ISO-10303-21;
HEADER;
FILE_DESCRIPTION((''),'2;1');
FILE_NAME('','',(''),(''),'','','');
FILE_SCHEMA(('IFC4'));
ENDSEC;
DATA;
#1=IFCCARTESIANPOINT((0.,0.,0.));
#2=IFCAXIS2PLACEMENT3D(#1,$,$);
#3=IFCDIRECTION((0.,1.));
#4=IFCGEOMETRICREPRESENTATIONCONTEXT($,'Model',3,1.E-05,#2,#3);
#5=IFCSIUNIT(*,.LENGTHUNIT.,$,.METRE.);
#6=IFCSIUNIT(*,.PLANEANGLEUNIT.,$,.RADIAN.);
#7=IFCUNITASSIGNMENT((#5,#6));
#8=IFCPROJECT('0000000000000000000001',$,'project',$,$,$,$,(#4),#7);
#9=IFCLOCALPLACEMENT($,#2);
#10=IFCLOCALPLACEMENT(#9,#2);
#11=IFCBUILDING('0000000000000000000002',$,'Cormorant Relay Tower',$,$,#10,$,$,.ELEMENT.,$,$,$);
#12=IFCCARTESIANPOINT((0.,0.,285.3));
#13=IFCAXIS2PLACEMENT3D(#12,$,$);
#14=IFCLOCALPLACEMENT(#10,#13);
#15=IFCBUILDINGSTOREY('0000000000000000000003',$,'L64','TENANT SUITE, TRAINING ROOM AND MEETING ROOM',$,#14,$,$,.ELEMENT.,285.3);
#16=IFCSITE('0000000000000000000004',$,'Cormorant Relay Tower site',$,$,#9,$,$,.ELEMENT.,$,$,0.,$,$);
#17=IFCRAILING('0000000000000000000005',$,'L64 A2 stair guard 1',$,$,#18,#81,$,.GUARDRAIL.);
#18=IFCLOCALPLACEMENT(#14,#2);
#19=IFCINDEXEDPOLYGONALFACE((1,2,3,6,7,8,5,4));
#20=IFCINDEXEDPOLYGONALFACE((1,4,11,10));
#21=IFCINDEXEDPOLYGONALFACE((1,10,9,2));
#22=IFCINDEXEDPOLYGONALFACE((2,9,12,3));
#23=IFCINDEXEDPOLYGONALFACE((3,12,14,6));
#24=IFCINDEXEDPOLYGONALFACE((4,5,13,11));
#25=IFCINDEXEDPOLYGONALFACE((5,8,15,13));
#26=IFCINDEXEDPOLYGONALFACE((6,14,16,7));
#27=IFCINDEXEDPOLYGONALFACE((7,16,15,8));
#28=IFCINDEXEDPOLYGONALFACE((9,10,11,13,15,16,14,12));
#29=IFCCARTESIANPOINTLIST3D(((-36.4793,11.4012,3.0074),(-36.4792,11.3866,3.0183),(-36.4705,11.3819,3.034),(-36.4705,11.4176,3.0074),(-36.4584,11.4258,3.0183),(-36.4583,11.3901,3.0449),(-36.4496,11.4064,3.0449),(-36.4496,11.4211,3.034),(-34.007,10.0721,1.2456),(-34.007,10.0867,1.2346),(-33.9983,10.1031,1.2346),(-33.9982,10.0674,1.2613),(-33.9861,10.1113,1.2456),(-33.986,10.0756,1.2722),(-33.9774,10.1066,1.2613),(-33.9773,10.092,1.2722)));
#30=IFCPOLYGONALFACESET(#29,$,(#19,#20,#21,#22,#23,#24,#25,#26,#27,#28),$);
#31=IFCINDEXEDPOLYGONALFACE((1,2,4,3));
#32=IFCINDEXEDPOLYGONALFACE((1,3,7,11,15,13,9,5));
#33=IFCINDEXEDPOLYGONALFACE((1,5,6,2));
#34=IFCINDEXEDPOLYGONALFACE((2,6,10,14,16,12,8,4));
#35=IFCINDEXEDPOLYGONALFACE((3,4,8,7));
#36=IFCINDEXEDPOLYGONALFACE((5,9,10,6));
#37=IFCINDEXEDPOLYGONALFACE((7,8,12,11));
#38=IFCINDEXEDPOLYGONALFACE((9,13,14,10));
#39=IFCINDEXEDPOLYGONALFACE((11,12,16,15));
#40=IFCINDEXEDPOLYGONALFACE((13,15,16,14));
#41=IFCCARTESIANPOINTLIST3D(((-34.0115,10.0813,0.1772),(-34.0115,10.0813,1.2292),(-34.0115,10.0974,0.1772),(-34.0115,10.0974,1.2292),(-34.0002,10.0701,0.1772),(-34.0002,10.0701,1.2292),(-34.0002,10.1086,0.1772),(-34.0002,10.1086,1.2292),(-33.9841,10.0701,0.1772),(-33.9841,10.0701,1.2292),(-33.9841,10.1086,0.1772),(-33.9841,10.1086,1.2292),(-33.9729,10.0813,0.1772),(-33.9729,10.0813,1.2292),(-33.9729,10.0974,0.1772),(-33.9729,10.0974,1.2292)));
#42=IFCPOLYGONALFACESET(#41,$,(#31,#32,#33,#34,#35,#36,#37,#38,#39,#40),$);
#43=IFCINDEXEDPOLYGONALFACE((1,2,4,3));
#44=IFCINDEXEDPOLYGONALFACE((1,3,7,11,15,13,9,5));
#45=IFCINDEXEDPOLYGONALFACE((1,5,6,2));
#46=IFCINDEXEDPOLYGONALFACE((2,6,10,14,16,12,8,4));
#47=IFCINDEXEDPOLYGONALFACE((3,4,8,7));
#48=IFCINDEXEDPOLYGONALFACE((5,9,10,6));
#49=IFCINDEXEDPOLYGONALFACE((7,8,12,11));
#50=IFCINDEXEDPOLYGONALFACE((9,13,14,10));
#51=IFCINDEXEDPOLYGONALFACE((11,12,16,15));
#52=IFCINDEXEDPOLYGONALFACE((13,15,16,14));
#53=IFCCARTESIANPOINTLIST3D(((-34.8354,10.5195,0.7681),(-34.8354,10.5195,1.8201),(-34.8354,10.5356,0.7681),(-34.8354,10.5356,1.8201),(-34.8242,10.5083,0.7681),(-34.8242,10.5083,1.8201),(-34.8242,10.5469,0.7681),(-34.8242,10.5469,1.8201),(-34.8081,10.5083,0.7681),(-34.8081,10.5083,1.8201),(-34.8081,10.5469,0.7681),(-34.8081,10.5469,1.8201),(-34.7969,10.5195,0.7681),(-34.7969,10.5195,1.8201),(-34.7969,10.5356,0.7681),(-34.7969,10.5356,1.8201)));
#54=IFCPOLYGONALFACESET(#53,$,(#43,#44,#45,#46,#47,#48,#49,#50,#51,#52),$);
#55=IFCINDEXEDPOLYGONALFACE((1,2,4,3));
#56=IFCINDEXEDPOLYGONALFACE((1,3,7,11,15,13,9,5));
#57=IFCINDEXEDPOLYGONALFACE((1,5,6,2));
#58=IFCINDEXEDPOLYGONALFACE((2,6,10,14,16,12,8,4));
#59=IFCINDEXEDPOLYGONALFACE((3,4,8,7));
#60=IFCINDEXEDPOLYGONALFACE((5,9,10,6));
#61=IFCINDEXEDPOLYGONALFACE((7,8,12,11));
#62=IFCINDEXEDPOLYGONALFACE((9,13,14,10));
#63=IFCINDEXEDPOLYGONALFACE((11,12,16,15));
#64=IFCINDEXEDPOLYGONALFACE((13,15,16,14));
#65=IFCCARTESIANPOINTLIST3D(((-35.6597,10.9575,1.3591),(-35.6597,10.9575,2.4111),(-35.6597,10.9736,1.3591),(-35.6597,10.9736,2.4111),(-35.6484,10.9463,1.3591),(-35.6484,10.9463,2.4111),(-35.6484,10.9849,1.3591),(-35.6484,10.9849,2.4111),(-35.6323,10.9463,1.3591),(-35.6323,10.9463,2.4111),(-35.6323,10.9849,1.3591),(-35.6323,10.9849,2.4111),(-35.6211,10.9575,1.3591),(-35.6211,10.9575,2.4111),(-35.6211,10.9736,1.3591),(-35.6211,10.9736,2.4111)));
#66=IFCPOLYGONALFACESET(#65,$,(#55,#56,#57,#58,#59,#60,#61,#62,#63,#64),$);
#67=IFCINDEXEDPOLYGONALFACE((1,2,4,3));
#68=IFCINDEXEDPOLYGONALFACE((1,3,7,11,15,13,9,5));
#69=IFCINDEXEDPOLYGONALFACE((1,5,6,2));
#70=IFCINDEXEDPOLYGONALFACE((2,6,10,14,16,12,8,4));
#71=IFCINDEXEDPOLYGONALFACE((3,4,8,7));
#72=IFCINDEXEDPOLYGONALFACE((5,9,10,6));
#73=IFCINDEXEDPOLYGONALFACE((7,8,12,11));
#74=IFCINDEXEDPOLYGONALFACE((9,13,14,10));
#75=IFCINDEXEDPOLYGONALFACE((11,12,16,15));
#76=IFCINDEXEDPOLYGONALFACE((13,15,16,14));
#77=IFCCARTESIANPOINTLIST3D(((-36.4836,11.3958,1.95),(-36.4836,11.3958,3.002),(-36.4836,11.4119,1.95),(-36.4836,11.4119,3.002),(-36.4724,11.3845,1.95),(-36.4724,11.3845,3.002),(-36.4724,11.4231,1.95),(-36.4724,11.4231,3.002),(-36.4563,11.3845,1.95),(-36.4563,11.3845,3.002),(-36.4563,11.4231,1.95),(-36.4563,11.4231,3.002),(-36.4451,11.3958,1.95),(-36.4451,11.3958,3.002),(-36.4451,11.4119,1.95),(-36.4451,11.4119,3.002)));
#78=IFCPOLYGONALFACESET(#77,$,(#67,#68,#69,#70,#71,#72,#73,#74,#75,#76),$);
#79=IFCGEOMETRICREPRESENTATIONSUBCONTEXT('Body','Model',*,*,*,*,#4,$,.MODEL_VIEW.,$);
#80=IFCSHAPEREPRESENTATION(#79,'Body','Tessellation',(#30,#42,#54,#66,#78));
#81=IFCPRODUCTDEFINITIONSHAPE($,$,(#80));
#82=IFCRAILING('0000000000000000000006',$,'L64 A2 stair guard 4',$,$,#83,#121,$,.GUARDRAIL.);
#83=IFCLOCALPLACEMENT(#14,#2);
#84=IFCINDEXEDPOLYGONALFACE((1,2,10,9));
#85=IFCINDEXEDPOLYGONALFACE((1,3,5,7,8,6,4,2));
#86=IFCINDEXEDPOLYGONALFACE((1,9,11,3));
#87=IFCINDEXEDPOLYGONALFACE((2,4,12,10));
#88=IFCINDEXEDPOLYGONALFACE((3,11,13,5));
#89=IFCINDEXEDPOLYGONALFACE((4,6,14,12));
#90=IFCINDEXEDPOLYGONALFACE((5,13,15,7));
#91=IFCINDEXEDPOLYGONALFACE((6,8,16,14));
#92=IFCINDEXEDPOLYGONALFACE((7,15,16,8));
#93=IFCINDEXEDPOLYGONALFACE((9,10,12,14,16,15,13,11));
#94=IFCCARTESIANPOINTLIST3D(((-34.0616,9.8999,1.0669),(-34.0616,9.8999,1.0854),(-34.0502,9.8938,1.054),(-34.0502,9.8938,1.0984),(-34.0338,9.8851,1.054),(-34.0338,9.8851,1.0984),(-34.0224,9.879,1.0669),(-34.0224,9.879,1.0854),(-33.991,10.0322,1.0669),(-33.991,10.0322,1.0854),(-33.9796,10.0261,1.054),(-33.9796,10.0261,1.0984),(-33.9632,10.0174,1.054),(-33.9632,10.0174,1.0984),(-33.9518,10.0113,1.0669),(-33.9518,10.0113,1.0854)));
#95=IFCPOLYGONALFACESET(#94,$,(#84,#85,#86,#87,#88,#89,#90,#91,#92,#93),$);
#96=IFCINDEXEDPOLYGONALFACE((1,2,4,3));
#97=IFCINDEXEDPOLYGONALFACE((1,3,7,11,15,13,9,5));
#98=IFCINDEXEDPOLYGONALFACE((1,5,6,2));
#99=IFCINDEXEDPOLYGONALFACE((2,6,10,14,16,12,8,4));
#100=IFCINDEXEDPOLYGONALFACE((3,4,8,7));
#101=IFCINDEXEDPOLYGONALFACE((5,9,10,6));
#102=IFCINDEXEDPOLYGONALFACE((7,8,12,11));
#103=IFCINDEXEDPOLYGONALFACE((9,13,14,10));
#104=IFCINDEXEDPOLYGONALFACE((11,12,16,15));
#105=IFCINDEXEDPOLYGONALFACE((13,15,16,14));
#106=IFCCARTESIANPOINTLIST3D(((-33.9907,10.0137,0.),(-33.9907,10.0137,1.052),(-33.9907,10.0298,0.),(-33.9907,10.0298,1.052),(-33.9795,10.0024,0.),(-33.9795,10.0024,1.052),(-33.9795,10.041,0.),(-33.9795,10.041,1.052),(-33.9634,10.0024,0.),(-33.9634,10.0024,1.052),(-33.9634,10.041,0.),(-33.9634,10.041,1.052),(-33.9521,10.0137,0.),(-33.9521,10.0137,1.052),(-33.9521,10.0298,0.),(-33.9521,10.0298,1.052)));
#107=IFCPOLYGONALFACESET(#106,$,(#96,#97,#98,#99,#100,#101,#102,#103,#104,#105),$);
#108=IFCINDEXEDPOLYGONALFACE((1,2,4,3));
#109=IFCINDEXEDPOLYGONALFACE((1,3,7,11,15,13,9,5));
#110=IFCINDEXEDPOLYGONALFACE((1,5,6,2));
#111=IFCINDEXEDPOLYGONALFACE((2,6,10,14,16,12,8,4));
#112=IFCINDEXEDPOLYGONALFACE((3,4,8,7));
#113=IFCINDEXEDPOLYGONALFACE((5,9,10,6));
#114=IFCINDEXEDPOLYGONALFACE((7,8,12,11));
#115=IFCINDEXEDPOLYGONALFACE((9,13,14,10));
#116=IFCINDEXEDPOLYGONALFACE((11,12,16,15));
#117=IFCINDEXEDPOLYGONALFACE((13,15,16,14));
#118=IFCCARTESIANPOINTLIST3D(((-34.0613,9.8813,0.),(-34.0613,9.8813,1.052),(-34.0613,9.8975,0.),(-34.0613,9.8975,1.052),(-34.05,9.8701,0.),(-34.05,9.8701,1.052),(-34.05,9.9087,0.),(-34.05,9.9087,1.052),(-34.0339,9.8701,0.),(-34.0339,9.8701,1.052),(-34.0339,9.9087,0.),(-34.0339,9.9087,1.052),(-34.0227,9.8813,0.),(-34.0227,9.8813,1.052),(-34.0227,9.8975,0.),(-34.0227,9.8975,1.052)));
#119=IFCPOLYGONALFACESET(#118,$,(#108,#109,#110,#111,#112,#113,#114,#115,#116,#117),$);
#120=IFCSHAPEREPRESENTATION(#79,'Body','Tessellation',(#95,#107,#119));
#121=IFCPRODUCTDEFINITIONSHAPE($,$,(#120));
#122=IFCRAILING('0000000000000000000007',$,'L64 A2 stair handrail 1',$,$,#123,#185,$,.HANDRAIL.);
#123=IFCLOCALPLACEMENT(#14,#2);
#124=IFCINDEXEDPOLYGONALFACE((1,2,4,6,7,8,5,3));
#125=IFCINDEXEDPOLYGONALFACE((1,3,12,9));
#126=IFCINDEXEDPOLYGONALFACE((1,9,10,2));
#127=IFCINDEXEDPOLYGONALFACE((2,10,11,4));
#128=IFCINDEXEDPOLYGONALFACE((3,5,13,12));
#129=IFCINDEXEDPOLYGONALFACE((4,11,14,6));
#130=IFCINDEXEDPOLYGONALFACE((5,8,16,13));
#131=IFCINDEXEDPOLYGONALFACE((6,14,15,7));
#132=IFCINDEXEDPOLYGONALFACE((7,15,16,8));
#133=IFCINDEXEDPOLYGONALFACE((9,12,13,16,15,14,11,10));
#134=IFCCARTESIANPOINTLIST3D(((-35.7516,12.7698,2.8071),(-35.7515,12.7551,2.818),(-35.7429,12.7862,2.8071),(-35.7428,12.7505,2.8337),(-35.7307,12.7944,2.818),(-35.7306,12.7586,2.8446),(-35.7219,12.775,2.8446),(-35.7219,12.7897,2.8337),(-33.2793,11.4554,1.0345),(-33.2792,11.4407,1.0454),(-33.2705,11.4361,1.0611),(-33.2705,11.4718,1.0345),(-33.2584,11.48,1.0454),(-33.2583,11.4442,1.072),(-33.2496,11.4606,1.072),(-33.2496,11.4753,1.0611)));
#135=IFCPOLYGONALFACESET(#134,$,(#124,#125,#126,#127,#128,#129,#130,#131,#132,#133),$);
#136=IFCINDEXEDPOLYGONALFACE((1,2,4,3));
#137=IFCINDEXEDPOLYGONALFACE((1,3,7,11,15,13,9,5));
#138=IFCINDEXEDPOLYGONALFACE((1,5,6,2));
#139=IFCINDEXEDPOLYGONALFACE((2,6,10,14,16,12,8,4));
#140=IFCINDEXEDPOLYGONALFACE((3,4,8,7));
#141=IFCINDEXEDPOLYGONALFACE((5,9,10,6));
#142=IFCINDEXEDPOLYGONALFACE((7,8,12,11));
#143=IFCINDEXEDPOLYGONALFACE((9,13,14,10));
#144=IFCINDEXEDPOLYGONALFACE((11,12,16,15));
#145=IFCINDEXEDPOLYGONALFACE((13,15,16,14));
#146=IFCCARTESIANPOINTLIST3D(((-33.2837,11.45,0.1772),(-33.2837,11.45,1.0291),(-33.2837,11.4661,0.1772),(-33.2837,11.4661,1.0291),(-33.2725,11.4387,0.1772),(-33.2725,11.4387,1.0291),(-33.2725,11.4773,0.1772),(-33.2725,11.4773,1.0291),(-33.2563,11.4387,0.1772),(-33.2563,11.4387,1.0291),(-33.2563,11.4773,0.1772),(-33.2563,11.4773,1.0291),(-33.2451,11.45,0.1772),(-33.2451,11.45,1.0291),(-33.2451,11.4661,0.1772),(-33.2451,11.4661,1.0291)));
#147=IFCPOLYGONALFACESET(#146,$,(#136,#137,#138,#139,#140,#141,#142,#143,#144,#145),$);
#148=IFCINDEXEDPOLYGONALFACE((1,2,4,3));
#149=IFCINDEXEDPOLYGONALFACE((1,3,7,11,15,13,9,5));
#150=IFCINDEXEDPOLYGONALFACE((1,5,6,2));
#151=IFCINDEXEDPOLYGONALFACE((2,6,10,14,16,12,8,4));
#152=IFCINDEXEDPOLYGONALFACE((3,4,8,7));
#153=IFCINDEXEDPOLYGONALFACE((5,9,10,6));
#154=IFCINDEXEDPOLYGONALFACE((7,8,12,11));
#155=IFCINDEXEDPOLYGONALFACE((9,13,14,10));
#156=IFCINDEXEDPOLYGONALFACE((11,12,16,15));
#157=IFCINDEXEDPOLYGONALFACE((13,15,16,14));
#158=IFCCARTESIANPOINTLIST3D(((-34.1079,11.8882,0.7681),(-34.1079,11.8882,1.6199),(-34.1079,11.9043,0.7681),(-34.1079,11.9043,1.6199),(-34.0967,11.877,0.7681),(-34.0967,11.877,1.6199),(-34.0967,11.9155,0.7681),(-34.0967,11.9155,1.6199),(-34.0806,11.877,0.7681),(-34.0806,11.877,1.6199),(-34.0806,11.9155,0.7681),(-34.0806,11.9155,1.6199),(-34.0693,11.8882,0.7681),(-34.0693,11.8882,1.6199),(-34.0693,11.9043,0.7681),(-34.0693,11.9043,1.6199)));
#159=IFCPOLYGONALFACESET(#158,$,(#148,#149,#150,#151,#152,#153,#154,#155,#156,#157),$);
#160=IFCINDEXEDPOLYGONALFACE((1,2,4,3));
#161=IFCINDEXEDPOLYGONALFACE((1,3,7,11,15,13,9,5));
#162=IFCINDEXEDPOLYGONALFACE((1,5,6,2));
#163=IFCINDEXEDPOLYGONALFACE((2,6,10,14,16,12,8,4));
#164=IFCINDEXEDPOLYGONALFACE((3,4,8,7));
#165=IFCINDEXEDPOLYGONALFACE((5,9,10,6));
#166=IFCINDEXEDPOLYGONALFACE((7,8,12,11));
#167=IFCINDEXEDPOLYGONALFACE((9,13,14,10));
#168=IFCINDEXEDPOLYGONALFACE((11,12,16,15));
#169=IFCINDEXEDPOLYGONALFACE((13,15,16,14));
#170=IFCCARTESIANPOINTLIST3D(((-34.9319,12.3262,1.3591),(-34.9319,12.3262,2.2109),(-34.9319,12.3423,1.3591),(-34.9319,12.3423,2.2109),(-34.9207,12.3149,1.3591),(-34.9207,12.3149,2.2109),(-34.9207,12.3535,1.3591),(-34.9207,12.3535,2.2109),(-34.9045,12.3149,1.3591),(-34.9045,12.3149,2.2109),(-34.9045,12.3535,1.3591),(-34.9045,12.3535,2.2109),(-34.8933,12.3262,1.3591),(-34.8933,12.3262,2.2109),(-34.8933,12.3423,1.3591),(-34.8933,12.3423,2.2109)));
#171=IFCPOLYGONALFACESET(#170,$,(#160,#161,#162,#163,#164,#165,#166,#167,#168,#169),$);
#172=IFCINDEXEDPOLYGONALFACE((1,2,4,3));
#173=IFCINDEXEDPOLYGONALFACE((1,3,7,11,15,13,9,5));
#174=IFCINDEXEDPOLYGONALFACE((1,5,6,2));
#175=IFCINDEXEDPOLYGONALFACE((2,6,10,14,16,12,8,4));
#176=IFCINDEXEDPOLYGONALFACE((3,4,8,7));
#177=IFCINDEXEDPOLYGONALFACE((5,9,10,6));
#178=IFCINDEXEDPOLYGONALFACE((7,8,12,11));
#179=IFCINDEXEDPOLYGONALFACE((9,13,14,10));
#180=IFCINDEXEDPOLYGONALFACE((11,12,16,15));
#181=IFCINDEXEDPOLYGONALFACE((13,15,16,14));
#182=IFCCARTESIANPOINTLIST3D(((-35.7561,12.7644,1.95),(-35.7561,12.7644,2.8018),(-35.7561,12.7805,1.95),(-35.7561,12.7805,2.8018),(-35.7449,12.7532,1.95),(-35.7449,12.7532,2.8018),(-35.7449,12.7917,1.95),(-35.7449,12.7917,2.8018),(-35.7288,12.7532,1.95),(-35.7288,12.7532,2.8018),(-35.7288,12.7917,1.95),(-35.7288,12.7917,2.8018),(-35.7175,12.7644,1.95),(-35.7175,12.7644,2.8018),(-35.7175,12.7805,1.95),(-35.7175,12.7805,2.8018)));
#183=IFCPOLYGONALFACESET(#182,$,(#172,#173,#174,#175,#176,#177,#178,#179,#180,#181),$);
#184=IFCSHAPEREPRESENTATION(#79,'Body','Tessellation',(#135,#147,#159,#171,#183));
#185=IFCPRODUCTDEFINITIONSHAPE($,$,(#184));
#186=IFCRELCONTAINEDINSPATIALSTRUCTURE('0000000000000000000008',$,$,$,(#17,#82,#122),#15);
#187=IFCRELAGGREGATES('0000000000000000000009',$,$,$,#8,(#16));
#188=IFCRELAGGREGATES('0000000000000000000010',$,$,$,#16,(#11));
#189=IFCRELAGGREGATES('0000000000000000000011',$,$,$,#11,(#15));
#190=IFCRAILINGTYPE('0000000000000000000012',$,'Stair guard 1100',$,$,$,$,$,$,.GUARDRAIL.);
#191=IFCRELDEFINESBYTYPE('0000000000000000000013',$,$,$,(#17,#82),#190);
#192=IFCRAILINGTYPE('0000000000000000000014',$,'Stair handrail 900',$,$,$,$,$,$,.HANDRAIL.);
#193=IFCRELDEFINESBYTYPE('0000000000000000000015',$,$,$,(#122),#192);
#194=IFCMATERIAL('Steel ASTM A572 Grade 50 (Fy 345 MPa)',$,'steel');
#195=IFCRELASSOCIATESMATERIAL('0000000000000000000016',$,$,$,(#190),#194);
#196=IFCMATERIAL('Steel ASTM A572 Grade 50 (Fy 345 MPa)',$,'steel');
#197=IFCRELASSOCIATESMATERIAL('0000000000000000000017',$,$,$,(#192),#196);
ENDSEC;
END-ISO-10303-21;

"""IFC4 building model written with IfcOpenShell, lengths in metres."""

from ifc_helpers import new_model, si_unit, direction, frame, origin, place, context, subcontext, project, spatial, polyline, outline, extrude, material, type_object, element, save


model = new_model("IFC4")

# Units and contexts
model_context = context("Model", 3, precision=1e-05, world=origin(), true_north=direction((0.0, 1.0)))
body_context = subcontext(model_context, "Body", "Model", "MODEL_VIEW")
ifc_project = project(units=[si_unit("LENGTHUNIT", "METRE"), si_unit("PLANEANGLEUNIT", "RADIAN")], contexts=[model_context])

# Site, building, storey
site_placement = place(None, origin())
site = spatial("IfcSite", under=ifc_project, at=site_placement, Name="Cormorant Relay Tower site", CompositionType="ELEMENT", RefElevation=0.0)
building_placement = place(site_placement, origin())
building = spatial("IfcBuilding", under=site, at=building_placement, Name="Cormorant Relay Tower", CompositionType="ELEMENT")
storey_placement = place(building_placement, frame((0.0, 0.0, 285.3)))
storey = spatial("IfcBuildingStorey", under=building, at=storey_placement, Name="L64", Description="TENANT SUITE, TRAINING ROOM AND MEETING ROOM", CompositionType="ELEMENT", Elevation=285.3)

# Railings
ifc_material_1 = material(Name="Steel ASTM A572 Grade 50 (Fy 345 MPa)", Category="steel")
railing_type_1 = type_object("IfcRailingType", Name="Stair guard 1100", PredefinedType="GUARDRAIL", material=ifc_material_1)
railing_1_placement = place(storey_placement, frame((-33.9922, 10.0894, 0.1772)))
element("IfcRailing", 1, at=railing_1_placement, inside=storey, type_object=railing_type_1, Name="L64 A2 stair guard 1", PredefinedType="GUARDRAIL", context=body_context, shape_type="SweptSolid", body=[
    extrude(outline(polyline([(0.0222, 0.0093), (0.0093, 0.0222), (-0.0093, 0.0222), (-0.0222, 0.0093), (-0.0222, -0.0093), (-0.0093, -0.0222), (0.0093, -0.0222), (0.0222, -0.0093), (0.0222, 0.0093)])), frame((0.0, 0.0, 1.0762), z_axis=(-0.746001, 0.396649, 0.534931), x_axis=(-0.469465, -0.882951, 0.0)), (0.0, 0.0, 1.0), 3.314),
    extrude(outline(polyline([(0.0193, 0.0081), (0.0081, 0.0193), (-0.0081, 0.0193), (-0.0193, 0.0081), (-0.0193, -0.0081), (-0.0081, -0.0193), (0.0081, -0.0193), (0.0193, -0.0081), (0.0193, 0.0081)])), origin(), (0.0, 0.0, 1.0), 1.052),
    extrude(outline(polyline([(0.0193, 0.0081), (0.0081, 0.0193), (-0.0081, 0.0193), (-0.0193, 0.0081), (-0.0193, -0.0081), (-0.0081, -0.0193), (0.0081, -0.0193), (0.0193, -0.0081), (0.0193, 0.0081)])), frame((-0.824, 0.4382, 0.5908)), (0.0, 0.0, 1.0), 1.052),
    extrude(outline(polyline([(0.0193, 0.0081), (0.0081, 0.0193), (-0.0081, 0.0193), (-0.0193, 0.0081), (-0.0193, -0.0081), (-0.0081, -0.0193), (0.0081, -0.0193), (0.0193, -0.0081), (0.0193, 0.0081)])), frame((-1.6482, 0.8762, 1.1819)), (0.0, 0.0, 1.0), 1.052),
    extrude(outline(polyline([(0.0193, 0.0081), (0.0081, 0.0193), (-0.0081, 0.0193), (-0.0193, 0.0081), (-0.0193, -0.0081), (-0.0081, -0.0193), (0.0081, -0.0193), (0.0193, -0.0081), (0.0193, 0.0081)])), frame((-2.4722, 1.3145, 1.7727)), (0.0, 0.0, 1.0), 1.052),
])
railing_2_placement = place(storey_placement, frame((-33.9714, 10.0217, 0.0)))
element("IfcRailing", 2, at=railing_2_placement, inside=storey, type_object=railing_type_1, Name="L64 A2 stair guard 4", PredefinedType="GUARDRAIL", context=body_context, shape_type="SweptSolid", body=[
    extrude(outline(polyline([(0.0222, 0.0093), (0.0093, 0.0222), (-0.0093, 0.0222), (-0.0222, 0.0093), (-0.0222, -0.0093), (-0.0093, -0.0222), (0.0093, -0.0222), (0.0222, -0.0093), (0.0222, 0.0093)])), frame((0.0, 0.0, 1.0762), z_axis=(-0.470504, -0.882398, 0.0), x_axis=(0.882398, -0.470504, 0.0)), (0.0, 0.0, 1.0), 0.1499),
    extrude(outline(polyline([(0.0193, 0.0081), (0.0081, 0.0193), (-0.0081, 0.0193), (-0.0193, 0.0081), (-0.0193, -0.0081), (-0.0081, -0.0193), (0.0081, -0.0193), (0.0193, -0.0081), (0.0193, 0.0081)])), origin(), (0.0, 0.0, 1.0), 1.052),
    extrude(outline(polyline([(0.0193, 0.0081), (0.0081, 0.0193), (-0.0081, 0.0193), (-0.0193, 0.0081), (-0.0193, -0.0081), (-0.0081, -0.0193), (0.0081, -0.0193), (0.0193, -0.0081), (0.0193, 0.0081)])), frame((-0.0706, -0.1323, 0.0)), (0.0, 0.0, 1.0), 1.052),
])
ifc_material_2 = material(Name="Steel ASTM A572 Grade 50 (Fy 345 MPa)", Category="steel")
railing_type_2 = type_object("IfcRailingType", Name="Stair handrail 900", PredefinedType="HANDRAIL", material=ifc_material_2)
railing_3_placement = place(storey_placement, frame((-33.2644, 11.458, 0.1772)))
element("IfcRailing", 3, at=railing_3_placement, inside=storey, type_object=railing_type_2, Name="L64 A2 stair handrail 1", PredefinedType="HANDRAIL", context=body_context, shape_type="SweptSolid", body=[
    extrude(outline(polyline([(0.0222, 0.0093), (0.0093, 0.0222), (-0.0093, 0.0222), (-0.0222, 0.0093), (-0.0222, -0.0093), (-0.0093, -0.0222), (0.0093, -0.0222), (0.0222, -0.0093), (0.0222, 0.0093)])), frame((0.0, 0.0, 0.876), z_axis=(-0.746034, 0.396627, 0.534902), x_axis=(-0.469429, -0.88297, 0.0)), (0.0, 0.0, 1.0), 3.314),
    extrude(outline(polyline([(0.0193, 0.0081), (0.0081, 0.0193), (-0.0081, 0.0193), (-0.0193, 0.0081), (-0.0193, -0.0081), (-0.0081, -0.0193), (0.0081, -0.0193), (0.0193, -0.0081), (0.0193, 0.0081)])), origin(), (0.0, 0.0, 1.0), 0.8518),
    extrude(outline(polyline([(0.0193, 0.0081), (0.0081, 0.0193), (-0.0081, 0.0193), (-0.0193, 0.0081), (-0.0193, -0.0081), (-0.0081, -0.0193), (0.0081, -0.0193), (0.0193, -0.0081), (0.0193, 0.0081)])), frame((-0.8242, 0.4382, 0.5908)), (0.0, 0.0, 1.0), 0.8518),
    extrude(outline(polyline([(0.0193, 0.0081), (0.0081, 0.0193), (-0.0081, 0.0193), (-0.0193, 0.0081), (-0.0193, -0.0081), (-0.0081, -0.0193), (0.0081, -0.0193), (0.0193, -0.0081), (0.0193, 0.0081)])), frame((-1.6482, 0.8762, 1.1819)), (0.0, 0.0, 1.0), 0.8518),
    extrude(outline(polyline([(0.0193, 0.0081), (0.0081, 0.0193), (-0.0081, 0.0193), (-0.0193, 0.0081), (-0.0193, -0.0081), (-0.0081, -0.0193), (0.0081, -0.0193), (0.0193, -0.0081), (0.0193, 0.0081)])), frame((-2.4724, 1.3145, 1.7727)), (0.0, 0.0, 1.0), 0.8518),
])

save(model, "model.ifc")
